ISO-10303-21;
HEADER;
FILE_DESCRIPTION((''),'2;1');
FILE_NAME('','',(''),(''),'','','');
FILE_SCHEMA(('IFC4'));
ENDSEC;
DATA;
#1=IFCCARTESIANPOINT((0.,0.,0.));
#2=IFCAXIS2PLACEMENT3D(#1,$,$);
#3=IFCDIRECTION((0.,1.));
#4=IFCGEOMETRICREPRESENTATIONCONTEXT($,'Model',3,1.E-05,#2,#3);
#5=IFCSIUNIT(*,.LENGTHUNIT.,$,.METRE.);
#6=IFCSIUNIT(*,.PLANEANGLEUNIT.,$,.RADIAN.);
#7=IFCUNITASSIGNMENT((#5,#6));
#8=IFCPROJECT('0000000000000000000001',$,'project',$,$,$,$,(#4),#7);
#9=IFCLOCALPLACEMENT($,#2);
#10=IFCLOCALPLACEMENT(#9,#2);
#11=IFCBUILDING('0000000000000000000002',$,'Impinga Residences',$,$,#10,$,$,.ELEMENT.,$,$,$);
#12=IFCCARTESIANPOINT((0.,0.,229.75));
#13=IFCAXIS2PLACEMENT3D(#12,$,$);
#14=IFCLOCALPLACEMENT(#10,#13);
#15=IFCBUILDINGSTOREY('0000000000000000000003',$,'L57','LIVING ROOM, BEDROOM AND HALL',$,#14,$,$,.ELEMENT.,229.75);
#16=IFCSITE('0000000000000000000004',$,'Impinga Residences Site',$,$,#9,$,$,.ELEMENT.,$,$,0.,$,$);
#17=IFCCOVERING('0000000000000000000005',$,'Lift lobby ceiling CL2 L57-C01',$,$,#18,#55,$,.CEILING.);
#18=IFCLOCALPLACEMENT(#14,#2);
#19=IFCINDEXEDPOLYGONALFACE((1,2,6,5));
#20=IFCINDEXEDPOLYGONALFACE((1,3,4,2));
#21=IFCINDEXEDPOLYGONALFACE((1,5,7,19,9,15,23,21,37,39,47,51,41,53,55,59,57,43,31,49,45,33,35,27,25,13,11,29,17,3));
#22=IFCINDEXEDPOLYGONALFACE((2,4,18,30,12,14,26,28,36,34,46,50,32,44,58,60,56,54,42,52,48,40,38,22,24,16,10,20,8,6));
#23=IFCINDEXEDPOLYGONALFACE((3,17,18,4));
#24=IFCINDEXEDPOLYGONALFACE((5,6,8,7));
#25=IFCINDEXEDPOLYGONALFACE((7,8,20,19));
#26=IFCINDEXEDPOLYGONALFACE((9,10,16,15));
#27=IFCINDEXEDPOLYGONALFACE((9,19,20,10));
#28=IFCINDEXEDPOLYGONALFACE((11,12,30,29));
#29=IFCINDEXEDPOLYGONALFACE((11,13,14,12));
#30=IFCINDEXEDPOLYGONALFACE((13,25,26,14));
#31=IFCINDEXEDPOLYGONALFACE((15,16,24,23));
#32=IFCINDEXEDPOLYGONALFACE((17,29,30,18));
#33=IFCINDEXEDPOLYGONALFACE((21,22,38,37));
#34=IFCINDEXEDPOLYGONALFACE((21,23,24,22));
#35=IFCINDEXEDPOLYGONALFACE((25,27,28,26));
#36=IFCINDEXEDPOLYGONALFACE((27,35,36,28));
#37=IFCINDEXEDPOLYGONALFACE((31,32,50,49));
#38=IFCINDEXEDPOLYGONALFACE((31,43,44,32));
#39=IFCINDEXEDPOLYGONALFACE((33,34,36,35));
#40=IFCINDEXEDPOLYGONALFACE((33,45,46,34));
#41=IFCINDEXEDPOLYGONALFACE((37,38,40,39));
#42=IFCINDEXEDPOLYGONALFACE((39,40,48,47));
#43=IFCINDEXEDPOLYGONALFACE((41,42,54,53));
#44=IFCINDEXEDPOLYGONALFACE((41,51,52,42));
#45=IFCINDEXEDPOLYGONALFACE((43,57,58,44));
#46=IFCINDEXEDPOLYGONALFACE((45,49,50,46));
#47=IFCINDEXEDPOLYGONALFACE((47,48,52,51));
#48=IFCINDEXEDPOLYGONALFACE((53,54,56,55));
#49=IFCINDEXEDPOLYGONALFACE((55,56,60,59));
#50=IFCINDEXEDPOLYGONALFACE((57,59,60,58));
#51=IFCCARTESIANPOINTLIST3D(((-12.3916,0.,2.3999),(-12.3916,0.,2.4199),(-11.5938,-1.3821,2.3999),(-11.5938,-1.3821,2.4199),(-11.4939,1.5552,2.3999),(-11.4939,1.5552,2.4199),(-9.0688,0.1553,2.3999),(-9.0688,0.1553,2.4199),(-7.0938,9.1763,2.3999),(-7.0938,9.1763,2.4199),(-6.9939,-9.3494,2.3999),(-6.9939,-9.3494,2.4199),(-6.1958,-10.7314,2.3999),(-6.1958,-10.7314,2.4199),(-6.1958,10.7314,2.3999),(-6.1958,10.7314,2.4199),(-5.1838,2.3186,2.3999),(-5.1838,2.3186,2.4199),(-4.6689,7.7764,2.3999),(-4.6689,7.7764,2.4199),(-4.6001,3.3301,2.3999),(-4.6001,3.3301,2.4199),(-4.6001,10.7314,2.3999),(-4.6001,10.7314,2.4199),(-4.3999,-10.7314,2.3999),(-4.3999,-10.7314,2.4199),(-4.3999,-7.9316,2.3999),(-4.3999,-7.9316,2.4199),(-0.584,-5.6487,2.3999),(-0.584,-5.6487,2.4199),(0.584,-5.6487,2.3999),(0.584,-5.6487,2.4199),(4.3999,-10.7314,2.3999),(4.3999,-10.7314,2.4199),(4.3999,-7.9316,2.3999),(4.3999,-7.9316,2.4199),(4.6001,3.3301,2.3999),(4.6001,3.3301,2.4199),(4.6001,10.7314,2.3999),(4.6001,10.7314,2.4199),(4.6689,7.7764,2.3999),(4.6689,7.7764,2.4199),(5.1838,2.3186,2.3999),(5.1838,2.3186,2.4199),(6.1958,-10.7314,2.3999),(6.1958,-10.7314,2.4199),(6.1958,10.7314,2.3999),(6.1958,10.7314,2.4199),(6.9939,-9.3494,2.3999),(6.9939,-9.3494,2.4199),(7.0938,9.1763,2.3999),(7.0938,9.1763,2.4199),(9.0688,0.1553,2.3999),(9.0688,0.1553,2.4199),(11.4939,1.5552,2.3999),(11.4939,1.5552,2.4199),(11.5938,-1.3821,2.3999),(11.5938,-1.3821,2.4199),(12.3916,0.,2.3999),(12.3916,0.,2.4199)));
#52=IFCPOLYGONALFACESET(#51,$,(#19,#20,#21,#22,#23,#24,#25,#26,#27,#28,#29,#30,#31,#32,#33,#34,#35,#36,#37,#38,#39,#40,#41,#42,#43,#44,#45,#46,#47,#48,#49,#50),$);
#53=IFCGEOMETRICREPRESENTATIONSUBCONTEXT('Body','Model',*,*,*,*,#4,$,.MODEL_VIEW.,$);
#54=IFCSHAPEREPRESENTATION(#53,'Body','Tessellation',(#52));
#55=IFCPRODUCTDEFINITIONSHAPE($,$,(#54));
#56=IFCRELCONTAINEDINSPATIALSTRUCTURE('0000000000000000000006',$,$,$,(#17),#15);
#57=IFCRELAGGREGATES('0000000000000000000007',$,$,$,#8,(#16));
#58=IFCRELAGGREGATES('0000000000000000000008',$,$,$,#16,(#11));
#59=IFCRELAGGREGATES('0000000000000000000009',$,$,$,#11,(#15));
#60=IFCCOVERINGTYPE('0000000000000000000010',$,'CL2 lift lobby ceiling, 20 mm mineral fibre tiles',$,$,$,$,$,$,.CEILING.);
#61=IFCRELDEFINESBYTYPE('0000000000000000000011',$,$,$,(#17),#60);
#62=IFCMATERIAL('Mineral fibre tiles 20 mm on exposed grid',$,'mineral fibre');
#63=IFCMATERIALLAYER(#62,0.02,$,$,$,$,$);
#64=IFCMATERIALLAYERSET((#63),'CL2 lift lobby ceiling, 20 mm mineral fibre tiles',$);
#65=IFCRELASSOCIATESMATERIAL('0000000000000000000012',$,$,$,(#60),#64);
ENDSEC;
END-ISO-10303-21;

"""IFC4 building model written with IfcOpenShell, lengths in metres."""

from ifc_helpers import new_model, si_unit, direction, frame, origin, place, context, subcontext, project, spatial, polyline, outline, extrude, material, layer, layer_set, type_object, element, save


model = new_model("IFC4")

# Units and contexts
model_context = context("Model", 3, precision=1e-05, world=origin(), true_north=direction((0.0, 1.0)))
body_context = subcontext(model_context, "Body", "Model", "MODEL_VIEW")
ifc_project = project(units=[si_unit("LENGTHUNIT", "METRE"), si_unit("PLANEANGLEUNIT", "RADIAN")], contexts=[model_context])

# Site, building, storey
site_placement = place(None, origin())
site = spatial("IfcSite", under=ifc_project, at=site_placement, Name="Impinga Residences Site", CompositionType="ELEMENT", RefElevation=0.0)
building_placement = place(site_placement, origin())
building = spatial("IfcBuilding", under=site, at=building_placement, Name="Impinga Residences", CompositionType="ELEMENT")
storey_placement = place(building_placement, frame((0.0, 0.0, 229.75)))
storey = spatial("IfcBuildingStorey", under=building, at=storey_placement, Name="L57", Description="LIVING ROOM, BEDROOM AND HALL", CompositionType="ELEMENT", Elevation=229.75)

# Covering
ifc_material_1 = material(Name="Mineral fibre tiles 20 mm on exposed grid", Category="mineral fibre")
ifc_layer_1 = layer(ifc_material_1, 0.02)
ifc_layer_set_1 = layer_set([ifc_layer_1], Name="CL2 lift lobby ceiling, 20 mm mineral fibre tiles")
covering_type_1 = type_object("IfcCoveringType", Name="CL2 lift lobby ceiling, 20 mm mineral fibre tiles", PredefinedType="CEILING", material=ifc_layer_set_1)
covering_1_placement = place(storey_placement, frame((0.0, 0.0, 2.3999)))
element("IfcCovering", 1, at=covering_1_placement, inside=storey, type_object=covering_type_1, Name="Lift lobby ceiling CL2 L57-C01", PredefinedType="CEILING", context=body_context, shape_type="SweptSolid", body=[
    extrude(outline(polyline([(12.3916, 0.0), (11.5938, -1.3821), (5.1838, 2.3186), (0.584, -5.6487), (6.9939, -9.3494), (6.1958, -10.7314), (4.3999, -10.7314), (4.3999, -7.9316), (-4.3999, -7.9316), (-4.3999, -10.7314), (-6.1958, -10.7314), (-6.9939, -9.3494), (-0.584, -5.6487), (-5.1838, 2.3186), (-11.5938, -1.3821), (-12.3916, 0.0), (-11.4939, 1.5552), (-9.0688, 0.1553), (-4.6689, 7.7764), (-7.0938, 9.1763), (-6.1958, 10.7314), (-4.6001, 10.7314), (-4.6001, 3.3301), (4.6001, 3.3301), (4.6001, 10.7314), (6.1958, 10.7314), (7.0938, 9.1763), (4.6689, 7.7764), (9.0688, 0.1553), (11.4939, 1.5552), (12.3916, 0.0)])), origin(), (0.0, 0.0, 1.0), 0.02),
])

save(model, "model.ifc")
